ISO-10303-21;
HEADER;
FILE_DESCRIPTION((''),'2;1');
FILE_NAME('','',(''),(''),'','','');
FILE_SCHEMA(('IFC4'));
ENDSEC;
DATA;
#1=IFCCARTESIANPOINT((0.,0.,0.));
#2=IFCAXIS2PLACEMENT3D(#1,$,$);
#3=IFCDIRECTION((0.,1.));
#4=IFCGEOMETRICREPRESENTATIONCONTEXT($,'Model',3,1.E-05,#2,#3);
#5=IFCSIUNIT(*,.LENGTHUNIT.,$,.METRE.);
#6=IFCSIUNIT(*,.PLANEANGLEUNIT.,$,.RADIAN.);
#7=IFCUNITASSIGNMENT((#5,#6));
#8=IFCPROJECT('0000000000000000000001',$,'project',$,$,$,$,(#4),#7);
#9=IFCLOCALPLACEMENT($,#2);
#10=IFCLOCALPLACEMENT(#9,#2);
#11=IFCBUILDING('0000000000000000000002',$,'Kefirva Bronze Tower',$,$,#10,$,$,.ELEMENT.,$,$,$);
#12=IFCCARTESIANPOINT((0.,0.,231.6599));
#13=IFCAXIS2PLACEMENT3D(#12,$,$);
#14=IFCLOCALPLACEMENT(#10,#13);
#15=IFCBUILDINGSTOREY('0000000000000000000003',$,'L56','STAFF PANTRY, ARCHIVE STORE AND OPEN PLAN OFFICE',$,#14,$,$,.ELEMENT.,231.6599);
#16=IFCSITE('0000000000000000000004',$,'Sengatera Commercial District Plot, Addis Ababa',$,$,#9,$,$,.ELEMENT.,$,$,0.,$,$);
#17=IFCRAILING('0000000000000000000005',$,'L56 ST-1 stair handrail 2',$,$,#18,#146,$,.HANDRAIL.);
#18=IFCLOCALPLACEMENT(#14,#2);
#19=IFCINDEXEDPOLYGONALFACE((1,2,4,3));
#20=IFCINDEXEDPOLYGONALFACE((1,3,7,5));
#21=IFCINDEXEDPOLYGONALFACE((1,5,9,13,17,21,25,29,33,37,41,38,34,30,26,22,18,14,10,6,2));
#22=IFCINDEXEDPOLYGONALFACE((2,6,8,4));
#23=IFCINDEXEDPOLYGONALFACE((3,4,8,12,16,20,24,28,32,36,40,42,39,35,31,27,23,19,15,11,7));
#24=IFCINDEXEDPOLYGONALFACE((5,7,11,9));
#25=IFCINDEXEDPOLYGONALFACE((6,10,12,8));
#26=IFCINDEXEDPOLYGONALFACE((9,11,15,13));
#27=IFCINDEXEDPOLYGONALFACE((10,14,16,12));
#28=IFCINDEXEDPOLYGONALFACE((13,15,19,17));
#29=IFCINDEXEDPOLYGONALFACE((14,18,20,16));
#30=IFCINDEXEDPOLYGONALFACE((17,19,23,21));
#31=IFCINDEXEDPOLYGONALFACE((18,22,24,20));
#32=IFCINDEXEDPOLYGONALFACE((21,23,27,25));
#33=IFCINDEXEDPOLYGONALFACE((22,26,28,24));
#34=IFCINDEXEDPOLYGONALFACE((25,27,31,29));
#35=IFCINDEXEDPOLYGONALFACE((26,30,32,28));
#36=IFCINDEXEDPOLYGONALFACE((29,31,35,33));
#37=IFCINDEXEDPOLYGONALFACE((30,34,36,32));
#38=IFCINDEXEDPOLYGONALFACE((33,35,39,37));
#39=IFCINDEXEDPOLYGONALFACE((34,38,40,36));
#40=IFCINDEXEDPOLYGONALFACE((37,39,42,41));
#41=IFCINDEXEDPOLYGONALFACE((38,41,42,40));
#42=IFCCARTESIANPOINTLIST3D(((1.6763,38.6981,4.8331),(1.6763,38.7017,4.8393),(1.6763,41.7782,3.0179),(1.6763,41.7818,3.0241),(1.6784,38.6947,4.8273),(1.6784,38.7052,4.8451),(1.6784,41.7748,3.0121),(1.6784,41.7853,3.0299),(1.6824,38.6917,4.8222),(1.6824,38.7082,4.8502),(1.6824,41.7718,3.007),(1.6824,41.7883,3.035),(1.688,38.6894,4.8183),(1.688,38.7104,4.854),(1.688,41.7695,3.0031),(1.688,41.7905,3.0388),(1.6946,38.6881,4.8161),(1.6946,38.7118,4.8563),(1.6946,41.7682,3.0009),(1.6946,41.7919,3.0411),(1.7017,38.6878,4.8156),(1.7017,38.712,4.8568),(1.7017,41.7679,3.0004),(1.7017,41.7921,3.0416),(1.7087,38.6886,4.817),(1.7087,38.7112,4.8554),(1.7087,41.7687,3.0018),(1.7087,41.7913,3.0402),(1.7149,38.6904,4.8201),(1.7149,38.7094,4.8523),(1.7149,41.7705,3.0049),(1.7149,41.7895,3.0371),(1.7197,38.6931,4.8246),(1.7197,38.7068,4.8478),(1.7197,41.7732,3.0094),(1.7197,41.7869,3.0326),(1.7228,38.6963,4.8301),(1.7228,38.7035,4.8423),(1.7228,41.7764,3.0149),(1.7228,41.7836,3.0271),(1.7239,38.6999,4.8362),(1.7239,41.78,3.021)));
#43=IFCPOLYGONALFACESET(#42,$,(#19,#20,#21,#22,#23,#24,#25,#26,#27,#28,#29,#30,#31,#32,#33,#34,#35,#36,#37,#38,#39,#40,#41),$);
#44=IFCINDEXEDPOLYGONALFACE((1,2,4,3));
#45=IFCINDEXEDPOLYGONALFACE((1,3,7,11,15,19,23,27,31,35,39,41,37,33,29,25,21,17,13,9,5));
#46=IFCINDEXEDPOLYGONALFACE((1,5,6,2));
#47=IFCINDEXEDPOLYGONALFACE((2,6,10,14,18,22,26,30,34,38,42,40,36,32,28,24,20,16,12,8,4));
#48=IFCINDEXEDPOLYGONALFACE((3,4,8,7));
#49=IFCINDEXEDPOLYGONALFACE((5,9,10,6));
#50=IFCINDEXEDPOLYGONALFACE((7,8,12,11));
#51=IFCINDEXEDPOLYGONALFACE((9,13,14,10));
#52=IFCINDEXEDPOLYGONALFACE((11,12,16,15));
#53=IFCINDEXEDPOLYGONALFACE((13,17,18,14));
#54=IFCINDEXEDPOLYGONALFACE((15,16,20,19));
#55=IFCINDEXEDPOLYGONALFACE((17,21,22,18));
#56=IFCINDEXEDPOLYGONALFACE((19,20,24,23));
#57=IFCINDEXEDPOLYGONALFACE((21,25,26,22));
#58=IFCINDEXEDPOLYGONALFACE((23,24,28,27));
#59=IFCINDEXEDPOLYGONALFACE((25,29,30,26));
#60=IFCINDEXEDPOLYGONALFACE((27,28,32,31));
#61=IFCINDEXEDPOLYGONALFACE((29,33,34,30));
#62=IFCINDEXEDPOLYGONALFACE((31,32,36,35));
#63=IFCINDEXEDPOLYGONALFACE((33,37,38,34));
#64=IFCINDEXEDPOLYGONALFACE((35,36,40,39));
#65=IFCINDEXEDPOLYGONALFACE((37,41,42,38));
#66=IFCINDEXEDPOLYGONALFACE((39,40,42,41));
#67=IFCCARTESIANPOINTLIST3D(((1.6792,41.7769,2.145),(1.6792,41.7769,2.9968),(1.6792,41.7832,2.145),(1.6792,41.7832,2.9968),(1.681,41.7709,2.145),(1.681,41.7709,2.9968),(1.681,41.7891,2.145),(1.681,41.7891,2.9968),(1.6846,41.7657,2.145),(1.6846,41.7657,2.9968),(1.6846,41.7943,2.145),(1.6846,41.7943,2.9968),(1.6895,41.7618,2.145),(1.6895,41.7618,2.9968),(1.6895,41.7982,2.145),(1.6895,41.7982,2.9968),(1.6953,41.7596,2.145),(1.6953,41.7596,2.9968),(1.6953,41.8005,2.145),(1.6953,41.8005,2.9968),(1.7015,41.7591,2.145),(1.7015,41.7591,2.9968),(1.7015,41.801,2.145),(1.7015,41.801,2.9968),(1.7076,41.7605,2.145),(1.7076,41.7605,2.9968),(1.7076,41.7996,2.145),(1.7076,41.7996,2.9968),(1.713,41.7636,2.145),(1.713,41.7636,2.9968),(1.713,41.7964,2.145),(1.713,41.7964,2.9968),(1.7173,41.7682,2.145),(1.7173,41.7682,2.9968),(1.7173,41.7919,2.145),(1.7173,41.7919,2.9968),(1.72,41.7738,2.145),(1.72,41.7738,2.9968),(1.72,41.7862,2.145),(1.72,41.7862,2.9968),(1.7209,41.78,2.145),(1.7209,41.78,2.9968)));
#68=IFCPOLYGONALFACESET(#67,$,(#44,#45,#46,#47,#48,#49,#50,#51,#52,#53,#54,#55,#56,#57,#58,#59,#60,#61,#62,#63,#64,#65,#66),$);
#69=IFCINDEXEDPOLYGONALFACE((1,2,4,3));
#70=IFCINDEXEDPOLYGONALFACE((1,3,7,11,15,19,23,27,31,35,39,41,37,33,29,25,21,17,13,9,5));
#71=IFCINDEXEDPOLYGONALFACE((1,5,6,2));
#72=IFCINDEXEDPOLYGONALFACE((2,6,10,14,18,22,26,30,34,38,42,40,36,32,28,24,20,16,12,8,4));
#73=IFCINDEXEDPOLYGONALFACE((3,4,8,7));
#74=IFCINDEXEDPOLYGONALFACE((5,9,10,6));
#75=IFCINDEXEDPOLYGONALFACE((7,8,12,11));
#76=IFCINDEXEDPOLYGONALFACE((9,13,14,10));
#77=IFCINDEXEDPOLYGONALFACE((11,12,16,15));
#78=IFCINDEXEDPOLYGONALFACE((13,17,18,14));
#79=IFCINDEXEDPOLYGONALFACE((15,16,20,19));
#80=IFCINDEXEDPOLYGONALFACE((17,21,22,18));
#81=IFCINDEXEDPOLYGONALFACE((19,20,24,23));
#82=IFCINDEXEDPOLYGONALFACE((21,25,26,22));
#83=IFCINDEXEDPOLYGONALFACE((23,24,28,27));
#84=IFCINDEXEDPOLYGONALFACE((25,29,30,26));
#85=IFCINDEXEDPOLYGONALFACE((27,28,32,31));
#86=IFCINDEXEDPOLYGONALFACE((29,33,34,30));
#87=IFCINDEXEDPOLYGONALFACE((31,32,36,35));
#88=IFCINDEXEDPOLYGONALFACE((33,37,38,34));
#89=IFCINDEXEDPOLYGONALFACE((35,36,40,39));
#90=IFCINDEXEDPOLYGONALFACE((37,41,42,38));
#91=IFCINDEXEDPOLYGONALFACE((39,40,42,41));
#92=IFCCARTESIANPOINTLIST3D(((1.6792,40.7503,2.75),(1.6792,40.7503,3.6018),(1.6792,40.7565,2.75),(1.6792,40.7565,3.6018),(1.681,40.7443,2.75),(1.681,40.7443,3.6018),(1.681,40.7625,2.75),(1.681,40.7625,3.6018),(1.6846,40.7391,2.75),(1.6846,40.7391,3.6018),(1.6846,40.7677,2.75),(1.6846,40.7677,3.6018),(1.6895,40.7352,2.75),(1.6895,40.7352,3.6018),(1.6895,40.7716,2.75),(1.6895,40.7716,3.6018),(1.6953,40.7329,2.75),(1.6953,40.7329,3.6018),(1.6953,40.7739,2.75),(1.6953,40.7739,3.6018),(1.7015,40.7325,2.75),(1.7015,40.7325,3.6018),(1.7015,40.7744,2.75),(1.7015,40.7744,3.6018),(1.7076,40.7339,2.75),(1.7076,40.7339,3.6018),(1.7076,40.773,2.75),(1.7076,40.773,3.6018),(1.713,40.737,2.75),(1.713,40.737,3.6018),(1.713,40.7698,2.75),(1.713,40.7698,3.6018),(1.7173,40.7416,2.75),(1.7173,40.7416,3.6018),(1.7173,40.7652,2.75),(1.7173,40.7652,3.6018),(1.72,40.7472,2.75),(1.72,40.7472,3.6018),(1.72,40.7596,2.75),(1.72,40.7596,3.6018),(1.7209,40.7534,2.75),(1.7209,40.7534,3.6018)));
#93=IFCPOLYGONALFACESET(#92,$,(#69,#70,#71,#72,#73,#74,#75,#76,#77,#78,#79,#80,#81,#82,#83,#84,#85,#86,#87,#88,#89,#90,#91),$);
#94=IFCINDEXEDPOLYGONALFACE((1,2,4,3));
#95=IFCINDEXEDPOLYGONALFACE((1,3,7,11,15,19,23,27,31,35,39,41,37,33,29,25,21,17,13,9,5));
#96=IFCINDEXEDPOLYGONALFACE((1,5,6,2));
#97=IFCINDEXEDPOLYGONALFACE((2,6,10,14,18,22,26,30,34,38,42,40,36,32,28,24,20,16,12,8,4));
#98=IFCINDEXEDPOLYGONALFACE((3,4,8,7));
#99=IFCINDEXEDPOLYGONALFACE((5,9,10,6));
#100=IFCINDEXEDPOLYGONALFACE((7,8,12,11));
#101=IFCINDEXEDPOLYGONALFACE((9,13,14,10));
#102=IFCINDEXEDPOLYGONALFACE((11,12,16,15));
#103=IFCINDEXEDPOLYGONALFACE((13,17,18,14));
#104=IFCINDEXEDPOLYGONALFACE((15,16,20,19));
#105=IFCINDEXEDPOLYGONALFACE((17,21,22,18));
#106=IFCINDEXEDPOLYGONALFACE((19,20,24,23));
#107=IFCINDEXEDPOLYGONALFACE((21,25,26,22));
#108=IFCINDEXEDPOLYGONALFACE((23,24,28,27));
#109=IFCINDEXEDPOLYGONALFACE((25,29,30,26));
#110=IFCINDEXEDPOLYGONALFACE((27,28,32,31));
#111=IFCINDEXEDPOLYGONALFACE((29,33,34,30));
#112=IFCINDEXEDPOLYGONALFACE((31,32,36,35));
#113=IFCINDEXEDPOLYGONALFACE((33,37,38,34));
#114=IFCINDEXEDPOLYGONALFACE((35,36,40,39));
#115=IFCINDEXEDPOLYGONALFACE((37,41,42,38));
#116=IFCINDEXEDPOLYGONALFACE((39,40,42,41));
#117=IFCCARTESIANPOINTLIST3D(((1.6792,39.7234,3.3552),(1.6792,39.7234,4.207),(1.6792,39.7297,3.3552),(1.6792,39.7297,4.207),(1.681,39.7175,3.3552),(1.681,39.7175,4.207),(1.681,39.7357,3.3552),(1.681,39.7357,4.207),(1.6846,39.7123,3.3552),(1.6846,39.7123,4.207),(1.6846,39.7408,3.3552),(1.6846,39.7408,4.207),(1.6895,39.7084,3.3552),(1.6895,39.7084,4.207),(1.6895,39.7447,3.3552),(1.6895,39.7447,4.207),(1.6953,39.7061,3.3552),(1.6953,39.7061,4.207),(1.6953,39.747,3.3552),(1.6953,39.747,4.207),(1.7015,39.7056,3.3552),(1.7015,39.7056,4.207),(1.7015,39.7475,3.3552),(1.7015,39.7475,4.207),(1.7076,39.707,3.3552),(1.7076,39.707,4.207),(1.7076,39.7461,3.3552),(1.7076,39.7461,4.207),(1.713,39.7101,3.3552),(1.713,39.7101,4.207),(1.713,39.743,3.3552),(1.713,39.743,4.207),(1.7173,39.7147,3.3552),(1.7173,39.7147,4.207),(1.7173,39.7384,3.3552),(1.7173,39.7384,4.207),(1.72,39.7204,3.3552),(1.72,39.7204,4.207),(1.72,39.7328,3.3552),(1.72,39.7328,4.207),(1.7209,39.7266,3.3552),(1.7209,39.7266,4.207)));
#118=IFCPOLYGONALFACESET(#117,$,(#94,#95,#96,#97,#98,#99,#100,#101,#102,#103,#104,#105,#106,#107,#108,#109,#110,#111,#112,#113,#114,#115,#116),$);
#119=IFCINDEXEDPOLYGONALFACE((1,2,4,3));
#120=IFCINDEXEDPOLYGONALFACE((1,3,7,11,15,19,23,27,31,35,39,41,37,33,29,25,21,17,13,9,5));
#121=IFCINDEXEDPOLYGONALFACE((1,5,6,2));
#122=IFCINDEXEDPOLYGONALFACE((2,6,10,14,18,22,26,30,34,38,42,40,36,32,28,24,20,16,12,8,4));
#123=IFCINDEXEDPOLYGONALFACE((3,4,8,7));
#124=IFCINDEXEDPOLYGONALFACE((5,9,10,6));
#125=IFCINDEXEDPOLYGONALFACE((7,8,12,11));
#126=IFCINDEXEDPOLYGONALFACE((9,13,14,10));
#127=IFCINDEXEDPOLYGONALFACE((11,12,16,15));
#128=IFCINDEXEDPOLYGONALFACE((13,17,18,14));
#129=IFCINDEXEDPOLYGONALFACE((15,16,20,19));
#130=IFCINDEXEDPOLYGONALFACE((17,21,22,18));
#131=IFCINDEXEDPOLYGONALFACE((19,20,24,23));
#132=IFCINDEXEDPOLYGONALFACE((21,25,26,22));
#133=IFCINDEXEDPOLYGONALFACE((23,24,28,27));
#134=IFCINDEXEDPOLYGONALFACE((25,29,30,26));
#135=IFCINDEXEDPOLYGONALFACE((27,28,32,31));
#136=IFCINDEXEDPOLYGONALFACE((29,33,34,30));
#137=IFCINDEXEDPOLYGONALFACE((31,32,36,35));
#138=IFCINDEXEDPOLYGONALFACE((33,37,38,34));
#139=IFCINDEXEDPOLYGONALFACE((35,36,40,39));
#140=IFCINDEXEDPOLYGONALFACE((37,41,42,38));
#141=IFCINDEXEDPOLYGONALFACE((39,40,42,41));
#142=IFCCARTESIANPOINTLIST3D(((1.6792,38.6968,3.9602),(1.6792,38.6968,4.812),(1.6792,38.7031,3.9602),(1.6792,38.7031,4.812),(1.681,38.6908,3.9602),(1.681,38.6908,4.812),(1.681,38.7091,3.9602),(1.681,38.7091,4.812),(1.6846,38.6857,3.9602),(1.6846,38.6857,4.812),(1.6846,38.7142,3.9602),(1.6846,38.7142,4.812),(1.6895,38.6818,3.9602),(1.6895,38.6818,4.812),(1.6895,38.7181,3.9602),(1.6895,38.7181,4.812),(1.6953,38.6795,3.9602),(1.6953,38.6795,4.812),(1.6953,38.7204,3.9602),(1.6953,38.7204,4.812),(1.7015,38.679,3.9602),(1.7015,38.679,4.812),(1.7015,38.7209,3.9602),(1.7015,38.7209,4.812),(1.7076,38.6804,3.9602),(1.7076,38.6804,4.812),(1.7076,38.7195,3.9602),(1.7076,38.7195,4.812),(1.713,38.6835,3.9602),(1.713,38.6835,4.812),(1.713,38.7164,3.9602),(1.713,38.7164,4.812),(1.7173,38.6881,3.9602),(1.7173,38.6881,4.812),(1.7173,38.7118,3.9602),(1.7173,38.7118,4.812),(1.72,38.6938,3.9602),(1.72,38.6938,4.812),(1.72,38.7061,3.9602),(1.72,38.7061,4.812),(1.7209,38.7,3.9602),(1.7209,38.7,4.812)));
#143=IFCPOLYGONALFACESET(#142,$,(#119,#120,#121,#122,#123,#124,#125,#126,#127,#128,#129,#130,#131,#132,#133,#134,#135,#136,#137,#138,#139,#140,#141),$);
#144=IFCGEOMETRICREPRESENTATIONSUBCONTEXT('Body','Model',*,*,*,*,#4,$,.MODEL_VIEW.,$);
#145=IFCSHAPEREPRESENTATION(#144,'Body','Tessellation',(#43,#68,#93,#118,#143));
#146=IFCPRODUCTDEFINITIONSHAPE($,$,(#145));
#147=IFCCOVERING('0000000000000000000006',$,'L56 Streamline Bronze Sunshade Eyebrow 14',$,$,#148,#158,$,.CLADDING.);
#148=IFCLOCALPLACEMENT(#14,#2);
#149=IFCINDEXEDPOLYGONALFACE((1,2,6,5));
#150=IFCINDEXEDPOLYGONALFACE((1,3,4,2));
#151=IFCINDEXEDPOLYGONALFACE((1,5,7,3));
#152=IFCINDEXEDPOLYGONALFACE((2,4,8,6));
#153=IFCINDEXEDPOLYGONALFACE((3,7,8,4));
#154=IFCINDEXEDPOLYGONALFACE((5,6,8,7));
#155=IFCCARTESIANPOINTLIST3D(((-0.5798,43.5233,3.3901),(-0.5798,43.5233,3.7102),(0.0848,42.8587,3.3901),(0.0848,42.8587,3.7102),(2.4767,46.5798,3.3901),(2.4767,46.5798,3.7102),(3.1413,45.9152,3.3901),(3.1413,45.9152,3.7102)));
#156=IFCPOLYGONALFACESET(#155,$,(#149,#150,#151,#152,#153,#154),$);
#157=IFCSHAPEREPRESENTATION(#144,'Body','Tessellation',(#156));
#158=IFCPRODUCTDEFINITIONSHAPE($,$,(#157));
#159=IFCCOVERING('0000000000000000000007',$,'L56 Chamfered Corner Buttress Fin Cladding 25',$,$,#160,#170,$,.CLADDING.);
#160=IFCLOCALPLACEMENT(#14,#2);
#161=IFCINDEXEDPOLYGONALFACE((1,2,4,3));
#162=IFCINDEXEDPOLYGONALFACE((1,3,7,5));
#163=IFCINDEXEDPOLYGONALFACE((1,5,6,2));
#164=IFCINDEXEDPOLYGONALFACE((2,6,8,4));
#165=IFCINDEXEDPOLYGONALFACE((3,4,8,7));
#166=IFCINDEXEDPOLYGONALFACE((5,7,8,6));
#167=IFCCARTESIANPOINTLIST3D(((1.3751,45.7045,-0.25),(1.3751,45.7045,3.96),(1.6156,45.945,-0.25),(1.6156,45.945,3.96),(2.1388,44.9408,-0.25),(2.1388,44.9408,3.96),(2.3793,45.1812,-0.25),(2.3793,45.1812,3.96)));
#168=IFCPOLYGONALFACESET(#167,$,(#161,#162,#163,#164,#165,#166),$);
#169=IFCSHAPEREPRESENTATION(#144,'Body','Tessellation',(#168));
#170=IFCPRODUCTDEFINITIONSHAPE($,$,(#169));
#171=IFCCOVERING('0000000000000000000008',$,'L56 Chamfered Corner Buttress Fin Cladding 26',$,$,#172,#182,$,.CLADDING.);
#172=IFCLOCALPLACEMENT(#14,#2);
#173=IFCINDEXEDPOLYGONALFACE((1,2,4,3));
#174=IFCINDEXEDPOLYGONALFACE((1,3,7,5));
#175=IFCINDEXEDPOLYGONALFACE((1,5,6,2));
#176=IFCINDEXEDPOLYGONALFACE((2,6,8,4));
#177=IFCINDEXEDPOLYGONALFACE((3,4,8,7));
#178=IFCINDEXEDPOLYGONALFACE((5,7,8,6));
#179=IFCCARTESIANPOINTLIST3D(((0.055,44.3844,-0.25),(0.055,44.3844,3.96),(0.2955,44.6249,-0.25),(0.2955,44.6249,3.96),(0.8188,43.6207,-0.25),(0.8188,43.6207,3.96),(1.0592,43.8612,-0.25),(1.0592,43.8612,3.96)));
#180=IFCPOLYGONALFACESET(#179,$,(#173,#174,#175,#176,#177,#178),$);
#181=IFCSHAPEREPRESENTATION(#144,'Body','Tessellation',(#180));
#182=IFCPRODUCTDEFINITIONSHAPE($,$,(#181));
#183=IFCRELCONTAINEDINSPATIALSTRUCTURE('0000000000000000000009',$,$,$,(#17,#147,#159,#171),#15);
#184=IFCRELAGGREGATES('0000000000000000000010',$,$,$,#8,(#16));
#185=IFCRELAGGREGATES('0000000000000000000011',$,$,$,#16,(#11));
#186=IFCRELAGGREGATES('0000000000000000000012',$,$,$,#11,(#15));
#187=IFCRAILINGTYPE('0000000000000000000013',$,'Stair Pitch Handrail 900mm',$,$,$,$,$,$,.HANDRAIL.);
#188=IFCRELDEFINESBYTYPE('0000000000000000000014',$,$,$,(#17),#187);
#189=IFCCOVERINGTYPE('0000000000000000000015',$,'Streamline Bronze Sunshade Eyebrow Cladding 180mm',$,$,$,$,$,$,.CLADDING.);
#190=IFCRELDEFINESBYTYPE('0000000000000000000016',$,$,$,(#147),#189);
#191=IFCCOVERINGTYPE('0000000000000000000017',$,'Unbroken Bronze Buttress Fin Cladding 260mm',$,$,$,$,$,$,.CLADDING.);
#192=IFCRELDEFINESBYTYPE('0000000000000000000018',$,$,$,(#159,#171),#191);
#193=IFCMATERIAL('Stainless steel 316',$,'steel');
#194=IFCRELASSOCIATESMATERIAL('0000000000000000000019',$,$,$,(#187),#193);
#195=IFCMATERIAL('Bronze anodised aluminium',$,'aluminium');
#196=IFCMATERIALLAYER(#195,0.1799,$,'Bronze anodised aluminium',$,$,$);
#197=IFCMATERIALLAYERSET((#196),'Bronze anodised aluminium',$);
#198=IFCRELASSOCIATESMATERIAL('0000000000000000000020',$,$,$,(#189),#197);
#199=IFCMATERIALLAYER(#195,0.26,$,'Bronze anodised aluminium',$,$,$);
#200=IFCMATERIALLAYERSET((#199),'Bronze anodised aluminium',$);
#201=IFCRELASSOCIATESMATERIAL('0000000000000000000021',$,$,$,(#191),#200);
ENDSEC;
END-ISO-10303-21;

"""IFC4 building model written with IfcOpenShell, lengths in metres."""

from ifc_helpers import new_model, si_unit, direction, frame, origin, origin_2d, place, context, subcontext, project, spatial, rectangle, circle, extrude, material, layer, layer_set, type_object, element, save


model = new_model("IFC4")

# Units and contexts
model_context = context("Model", 3, precision=1e-05, world=origin(), true_north=direction((0.0, 1.0)))
body_context = subcontext(model_context, "Body", "Model", "MODEL_VIEW")
ifc_project = project(units=[si_unit("LENGTHUNIT", "METRE"), si_unit("PLANEANGLEUNIT", "RADIAN")], contexts=[model_context])

# Site, building, storey
site_placement = place(None, origin())
site = spatial("IfcSite", under=ifc_project, at=site_placement, Name="Sengatera Commercial District Plot, Addis Ababa", CompositionType="ELEMENT", RefElevation=0.0)
building_placement = place(site_placement, origin())
building = spatial("IfcBuilding", under=site, at=building_placement, Name="Kefirva Bronze Tower", CompositionType="ELEMENT")
storey_placement = place(building_placement, frame((0.0, 0.0, 231.6599)))
storey = spatial("IfcBuildingStorey", under=building, at=storey_placement, Name="L56", Description="STAFF PANTRY, ARCHIVE STORE AND OPEN PLAN OFFICE", CompositionType="ELEMENT", Elevation=231.6599)

# Shared definitions
ifc_material_1 = material(Name="Bronze anodised aluminium", Category="aluminium")

# Railing
ifc_material_2 = material(Name="Stainless steel 316", Category="steel")
railing_type_1 = type_object("IfcRailingType", Name="Stair Pitch Handrail 900mm", PredefinedType="HANDRAIL", material=ifc_material_2)
railing_1_placement = place(storey_placement, frame((1.7, 41.78, 2.145)))
element("IfcRailing", 1, at=railing_1_placement, inside=storey, type_object=railing_type_1, Name="L56 ST-1 stair handrail 2", PredefinedType="HANDRAIL", context=body_context, shape_type="SweptSolid", body=[
    extrude(circle(Radius=0.0239, at=origin_2d()), frame((0.0, 0.0, 0.876), z_axis=(0.0, -0.861521, 0.507721), x_axis=(1.0, 0.0, 0.0)), (0.0, 0.0, 1.0), 3.5752),
    extrude(circle(Radius=0.021, at=origin_2d()), origin(), (0.0, 0.0, 1.0), 0.8518),
    extrude(circle(Radius=0.021, at=origin_2d()), frame((0.0, -1.0266, 0.605)), (0.0, 0.0, 1.0), 0.8518),
    extrude(circle(Radius=0.021, at=origin_2d()), frame((0.0, -2.0535, 1.2102)), (0.0, 0.0, 1.0), 0.8518),
    extrude(circle(Radius=0.021, at=origin_2d()), frame((0.0, -3.0801, 1.8152)), (0.0, 0.0, 1.0), 0.8518),
])

# Coverings
ifc_layer_1 = layer(ifc_material_1, 0.1799, Name="Bronze anodised aluminium")
ifc_layer_set_1 = layer_set([ifc_layer_1], Name="Bronze anodised aluminium")
covering_type_1 = type_object("IfcCoveringType", Name="Streamline Bronze Sunshade Eyebrow Cladding 180mm", PredefinedType="CLADDING", material=ifc_layer_set_1)
covering_1_placement = place(storey_placement, frame((1.2808, 44.7192, 3.3901), z_axis=(0.0, 0.0, 1.0), x_axis=(-0.707107, -0.707107, 0.0)))
element("IfcCovering", 2, at=covering_1_placement, inside=storey, type_object=covering_type_1, Name="L56 Streamline Bronze Sunshade Eyebrow 14", PredefinedType="CLADDING", context=body_context, shape_type="SweptSolid", body=[
    extrude(rectangle(XDim=4.3225, YDim=0.9399, at=origin_2d()), origin(), (0.0, 0.0, 1.0), 0.3201),
])
ifc_layer_2 = layer(ifc_material_1, 0.26, Name="Bronze anodised aluminium")
ifc_layer_set_2 = layer_set([ifc_layer_2], Name="Bronze anodised aluminium")
covering_type_2 = type_object("IfcCoveringType", Name="Unbroken Bronze Buttress Fin Cladding 260mm", PredefinedType="CLADDING", material=ifc_layer_set_2)
for number, where, z_axis, x_axis, name in (
    (3, (1.8772, 45.4429, -0.25), (0.0, 0.0, 1.0), (-0.707107, -0.707107, 0.0), "L56 Chamfered Corner Buttress Fin Cladding 25"),
    (4, (0.5571, 44.1228, -0.25), (0.0, 0.0, 1.0), (-0.707107, -0.707107, 0.0), "L56 Chamfered Corner Buttress Fin Cladding 26"),
):
    element("IfcCovering", number, at=place(storey_placement, frame(where, z_axis=z_axis, x_axis=x_axis)), inside=storey, type_object=covering_type_2, Name=name, PredefinedType="CLADDING", context=body_context, shape_type="SweptSolid", body=[
        extrude(rectangle(XDim=0.3401, YDim=1.0801, at=origin_2d()), origin(), (0.0, 0.0, 1.0), 4.21),
    ])

save(model, "model.ifc")
